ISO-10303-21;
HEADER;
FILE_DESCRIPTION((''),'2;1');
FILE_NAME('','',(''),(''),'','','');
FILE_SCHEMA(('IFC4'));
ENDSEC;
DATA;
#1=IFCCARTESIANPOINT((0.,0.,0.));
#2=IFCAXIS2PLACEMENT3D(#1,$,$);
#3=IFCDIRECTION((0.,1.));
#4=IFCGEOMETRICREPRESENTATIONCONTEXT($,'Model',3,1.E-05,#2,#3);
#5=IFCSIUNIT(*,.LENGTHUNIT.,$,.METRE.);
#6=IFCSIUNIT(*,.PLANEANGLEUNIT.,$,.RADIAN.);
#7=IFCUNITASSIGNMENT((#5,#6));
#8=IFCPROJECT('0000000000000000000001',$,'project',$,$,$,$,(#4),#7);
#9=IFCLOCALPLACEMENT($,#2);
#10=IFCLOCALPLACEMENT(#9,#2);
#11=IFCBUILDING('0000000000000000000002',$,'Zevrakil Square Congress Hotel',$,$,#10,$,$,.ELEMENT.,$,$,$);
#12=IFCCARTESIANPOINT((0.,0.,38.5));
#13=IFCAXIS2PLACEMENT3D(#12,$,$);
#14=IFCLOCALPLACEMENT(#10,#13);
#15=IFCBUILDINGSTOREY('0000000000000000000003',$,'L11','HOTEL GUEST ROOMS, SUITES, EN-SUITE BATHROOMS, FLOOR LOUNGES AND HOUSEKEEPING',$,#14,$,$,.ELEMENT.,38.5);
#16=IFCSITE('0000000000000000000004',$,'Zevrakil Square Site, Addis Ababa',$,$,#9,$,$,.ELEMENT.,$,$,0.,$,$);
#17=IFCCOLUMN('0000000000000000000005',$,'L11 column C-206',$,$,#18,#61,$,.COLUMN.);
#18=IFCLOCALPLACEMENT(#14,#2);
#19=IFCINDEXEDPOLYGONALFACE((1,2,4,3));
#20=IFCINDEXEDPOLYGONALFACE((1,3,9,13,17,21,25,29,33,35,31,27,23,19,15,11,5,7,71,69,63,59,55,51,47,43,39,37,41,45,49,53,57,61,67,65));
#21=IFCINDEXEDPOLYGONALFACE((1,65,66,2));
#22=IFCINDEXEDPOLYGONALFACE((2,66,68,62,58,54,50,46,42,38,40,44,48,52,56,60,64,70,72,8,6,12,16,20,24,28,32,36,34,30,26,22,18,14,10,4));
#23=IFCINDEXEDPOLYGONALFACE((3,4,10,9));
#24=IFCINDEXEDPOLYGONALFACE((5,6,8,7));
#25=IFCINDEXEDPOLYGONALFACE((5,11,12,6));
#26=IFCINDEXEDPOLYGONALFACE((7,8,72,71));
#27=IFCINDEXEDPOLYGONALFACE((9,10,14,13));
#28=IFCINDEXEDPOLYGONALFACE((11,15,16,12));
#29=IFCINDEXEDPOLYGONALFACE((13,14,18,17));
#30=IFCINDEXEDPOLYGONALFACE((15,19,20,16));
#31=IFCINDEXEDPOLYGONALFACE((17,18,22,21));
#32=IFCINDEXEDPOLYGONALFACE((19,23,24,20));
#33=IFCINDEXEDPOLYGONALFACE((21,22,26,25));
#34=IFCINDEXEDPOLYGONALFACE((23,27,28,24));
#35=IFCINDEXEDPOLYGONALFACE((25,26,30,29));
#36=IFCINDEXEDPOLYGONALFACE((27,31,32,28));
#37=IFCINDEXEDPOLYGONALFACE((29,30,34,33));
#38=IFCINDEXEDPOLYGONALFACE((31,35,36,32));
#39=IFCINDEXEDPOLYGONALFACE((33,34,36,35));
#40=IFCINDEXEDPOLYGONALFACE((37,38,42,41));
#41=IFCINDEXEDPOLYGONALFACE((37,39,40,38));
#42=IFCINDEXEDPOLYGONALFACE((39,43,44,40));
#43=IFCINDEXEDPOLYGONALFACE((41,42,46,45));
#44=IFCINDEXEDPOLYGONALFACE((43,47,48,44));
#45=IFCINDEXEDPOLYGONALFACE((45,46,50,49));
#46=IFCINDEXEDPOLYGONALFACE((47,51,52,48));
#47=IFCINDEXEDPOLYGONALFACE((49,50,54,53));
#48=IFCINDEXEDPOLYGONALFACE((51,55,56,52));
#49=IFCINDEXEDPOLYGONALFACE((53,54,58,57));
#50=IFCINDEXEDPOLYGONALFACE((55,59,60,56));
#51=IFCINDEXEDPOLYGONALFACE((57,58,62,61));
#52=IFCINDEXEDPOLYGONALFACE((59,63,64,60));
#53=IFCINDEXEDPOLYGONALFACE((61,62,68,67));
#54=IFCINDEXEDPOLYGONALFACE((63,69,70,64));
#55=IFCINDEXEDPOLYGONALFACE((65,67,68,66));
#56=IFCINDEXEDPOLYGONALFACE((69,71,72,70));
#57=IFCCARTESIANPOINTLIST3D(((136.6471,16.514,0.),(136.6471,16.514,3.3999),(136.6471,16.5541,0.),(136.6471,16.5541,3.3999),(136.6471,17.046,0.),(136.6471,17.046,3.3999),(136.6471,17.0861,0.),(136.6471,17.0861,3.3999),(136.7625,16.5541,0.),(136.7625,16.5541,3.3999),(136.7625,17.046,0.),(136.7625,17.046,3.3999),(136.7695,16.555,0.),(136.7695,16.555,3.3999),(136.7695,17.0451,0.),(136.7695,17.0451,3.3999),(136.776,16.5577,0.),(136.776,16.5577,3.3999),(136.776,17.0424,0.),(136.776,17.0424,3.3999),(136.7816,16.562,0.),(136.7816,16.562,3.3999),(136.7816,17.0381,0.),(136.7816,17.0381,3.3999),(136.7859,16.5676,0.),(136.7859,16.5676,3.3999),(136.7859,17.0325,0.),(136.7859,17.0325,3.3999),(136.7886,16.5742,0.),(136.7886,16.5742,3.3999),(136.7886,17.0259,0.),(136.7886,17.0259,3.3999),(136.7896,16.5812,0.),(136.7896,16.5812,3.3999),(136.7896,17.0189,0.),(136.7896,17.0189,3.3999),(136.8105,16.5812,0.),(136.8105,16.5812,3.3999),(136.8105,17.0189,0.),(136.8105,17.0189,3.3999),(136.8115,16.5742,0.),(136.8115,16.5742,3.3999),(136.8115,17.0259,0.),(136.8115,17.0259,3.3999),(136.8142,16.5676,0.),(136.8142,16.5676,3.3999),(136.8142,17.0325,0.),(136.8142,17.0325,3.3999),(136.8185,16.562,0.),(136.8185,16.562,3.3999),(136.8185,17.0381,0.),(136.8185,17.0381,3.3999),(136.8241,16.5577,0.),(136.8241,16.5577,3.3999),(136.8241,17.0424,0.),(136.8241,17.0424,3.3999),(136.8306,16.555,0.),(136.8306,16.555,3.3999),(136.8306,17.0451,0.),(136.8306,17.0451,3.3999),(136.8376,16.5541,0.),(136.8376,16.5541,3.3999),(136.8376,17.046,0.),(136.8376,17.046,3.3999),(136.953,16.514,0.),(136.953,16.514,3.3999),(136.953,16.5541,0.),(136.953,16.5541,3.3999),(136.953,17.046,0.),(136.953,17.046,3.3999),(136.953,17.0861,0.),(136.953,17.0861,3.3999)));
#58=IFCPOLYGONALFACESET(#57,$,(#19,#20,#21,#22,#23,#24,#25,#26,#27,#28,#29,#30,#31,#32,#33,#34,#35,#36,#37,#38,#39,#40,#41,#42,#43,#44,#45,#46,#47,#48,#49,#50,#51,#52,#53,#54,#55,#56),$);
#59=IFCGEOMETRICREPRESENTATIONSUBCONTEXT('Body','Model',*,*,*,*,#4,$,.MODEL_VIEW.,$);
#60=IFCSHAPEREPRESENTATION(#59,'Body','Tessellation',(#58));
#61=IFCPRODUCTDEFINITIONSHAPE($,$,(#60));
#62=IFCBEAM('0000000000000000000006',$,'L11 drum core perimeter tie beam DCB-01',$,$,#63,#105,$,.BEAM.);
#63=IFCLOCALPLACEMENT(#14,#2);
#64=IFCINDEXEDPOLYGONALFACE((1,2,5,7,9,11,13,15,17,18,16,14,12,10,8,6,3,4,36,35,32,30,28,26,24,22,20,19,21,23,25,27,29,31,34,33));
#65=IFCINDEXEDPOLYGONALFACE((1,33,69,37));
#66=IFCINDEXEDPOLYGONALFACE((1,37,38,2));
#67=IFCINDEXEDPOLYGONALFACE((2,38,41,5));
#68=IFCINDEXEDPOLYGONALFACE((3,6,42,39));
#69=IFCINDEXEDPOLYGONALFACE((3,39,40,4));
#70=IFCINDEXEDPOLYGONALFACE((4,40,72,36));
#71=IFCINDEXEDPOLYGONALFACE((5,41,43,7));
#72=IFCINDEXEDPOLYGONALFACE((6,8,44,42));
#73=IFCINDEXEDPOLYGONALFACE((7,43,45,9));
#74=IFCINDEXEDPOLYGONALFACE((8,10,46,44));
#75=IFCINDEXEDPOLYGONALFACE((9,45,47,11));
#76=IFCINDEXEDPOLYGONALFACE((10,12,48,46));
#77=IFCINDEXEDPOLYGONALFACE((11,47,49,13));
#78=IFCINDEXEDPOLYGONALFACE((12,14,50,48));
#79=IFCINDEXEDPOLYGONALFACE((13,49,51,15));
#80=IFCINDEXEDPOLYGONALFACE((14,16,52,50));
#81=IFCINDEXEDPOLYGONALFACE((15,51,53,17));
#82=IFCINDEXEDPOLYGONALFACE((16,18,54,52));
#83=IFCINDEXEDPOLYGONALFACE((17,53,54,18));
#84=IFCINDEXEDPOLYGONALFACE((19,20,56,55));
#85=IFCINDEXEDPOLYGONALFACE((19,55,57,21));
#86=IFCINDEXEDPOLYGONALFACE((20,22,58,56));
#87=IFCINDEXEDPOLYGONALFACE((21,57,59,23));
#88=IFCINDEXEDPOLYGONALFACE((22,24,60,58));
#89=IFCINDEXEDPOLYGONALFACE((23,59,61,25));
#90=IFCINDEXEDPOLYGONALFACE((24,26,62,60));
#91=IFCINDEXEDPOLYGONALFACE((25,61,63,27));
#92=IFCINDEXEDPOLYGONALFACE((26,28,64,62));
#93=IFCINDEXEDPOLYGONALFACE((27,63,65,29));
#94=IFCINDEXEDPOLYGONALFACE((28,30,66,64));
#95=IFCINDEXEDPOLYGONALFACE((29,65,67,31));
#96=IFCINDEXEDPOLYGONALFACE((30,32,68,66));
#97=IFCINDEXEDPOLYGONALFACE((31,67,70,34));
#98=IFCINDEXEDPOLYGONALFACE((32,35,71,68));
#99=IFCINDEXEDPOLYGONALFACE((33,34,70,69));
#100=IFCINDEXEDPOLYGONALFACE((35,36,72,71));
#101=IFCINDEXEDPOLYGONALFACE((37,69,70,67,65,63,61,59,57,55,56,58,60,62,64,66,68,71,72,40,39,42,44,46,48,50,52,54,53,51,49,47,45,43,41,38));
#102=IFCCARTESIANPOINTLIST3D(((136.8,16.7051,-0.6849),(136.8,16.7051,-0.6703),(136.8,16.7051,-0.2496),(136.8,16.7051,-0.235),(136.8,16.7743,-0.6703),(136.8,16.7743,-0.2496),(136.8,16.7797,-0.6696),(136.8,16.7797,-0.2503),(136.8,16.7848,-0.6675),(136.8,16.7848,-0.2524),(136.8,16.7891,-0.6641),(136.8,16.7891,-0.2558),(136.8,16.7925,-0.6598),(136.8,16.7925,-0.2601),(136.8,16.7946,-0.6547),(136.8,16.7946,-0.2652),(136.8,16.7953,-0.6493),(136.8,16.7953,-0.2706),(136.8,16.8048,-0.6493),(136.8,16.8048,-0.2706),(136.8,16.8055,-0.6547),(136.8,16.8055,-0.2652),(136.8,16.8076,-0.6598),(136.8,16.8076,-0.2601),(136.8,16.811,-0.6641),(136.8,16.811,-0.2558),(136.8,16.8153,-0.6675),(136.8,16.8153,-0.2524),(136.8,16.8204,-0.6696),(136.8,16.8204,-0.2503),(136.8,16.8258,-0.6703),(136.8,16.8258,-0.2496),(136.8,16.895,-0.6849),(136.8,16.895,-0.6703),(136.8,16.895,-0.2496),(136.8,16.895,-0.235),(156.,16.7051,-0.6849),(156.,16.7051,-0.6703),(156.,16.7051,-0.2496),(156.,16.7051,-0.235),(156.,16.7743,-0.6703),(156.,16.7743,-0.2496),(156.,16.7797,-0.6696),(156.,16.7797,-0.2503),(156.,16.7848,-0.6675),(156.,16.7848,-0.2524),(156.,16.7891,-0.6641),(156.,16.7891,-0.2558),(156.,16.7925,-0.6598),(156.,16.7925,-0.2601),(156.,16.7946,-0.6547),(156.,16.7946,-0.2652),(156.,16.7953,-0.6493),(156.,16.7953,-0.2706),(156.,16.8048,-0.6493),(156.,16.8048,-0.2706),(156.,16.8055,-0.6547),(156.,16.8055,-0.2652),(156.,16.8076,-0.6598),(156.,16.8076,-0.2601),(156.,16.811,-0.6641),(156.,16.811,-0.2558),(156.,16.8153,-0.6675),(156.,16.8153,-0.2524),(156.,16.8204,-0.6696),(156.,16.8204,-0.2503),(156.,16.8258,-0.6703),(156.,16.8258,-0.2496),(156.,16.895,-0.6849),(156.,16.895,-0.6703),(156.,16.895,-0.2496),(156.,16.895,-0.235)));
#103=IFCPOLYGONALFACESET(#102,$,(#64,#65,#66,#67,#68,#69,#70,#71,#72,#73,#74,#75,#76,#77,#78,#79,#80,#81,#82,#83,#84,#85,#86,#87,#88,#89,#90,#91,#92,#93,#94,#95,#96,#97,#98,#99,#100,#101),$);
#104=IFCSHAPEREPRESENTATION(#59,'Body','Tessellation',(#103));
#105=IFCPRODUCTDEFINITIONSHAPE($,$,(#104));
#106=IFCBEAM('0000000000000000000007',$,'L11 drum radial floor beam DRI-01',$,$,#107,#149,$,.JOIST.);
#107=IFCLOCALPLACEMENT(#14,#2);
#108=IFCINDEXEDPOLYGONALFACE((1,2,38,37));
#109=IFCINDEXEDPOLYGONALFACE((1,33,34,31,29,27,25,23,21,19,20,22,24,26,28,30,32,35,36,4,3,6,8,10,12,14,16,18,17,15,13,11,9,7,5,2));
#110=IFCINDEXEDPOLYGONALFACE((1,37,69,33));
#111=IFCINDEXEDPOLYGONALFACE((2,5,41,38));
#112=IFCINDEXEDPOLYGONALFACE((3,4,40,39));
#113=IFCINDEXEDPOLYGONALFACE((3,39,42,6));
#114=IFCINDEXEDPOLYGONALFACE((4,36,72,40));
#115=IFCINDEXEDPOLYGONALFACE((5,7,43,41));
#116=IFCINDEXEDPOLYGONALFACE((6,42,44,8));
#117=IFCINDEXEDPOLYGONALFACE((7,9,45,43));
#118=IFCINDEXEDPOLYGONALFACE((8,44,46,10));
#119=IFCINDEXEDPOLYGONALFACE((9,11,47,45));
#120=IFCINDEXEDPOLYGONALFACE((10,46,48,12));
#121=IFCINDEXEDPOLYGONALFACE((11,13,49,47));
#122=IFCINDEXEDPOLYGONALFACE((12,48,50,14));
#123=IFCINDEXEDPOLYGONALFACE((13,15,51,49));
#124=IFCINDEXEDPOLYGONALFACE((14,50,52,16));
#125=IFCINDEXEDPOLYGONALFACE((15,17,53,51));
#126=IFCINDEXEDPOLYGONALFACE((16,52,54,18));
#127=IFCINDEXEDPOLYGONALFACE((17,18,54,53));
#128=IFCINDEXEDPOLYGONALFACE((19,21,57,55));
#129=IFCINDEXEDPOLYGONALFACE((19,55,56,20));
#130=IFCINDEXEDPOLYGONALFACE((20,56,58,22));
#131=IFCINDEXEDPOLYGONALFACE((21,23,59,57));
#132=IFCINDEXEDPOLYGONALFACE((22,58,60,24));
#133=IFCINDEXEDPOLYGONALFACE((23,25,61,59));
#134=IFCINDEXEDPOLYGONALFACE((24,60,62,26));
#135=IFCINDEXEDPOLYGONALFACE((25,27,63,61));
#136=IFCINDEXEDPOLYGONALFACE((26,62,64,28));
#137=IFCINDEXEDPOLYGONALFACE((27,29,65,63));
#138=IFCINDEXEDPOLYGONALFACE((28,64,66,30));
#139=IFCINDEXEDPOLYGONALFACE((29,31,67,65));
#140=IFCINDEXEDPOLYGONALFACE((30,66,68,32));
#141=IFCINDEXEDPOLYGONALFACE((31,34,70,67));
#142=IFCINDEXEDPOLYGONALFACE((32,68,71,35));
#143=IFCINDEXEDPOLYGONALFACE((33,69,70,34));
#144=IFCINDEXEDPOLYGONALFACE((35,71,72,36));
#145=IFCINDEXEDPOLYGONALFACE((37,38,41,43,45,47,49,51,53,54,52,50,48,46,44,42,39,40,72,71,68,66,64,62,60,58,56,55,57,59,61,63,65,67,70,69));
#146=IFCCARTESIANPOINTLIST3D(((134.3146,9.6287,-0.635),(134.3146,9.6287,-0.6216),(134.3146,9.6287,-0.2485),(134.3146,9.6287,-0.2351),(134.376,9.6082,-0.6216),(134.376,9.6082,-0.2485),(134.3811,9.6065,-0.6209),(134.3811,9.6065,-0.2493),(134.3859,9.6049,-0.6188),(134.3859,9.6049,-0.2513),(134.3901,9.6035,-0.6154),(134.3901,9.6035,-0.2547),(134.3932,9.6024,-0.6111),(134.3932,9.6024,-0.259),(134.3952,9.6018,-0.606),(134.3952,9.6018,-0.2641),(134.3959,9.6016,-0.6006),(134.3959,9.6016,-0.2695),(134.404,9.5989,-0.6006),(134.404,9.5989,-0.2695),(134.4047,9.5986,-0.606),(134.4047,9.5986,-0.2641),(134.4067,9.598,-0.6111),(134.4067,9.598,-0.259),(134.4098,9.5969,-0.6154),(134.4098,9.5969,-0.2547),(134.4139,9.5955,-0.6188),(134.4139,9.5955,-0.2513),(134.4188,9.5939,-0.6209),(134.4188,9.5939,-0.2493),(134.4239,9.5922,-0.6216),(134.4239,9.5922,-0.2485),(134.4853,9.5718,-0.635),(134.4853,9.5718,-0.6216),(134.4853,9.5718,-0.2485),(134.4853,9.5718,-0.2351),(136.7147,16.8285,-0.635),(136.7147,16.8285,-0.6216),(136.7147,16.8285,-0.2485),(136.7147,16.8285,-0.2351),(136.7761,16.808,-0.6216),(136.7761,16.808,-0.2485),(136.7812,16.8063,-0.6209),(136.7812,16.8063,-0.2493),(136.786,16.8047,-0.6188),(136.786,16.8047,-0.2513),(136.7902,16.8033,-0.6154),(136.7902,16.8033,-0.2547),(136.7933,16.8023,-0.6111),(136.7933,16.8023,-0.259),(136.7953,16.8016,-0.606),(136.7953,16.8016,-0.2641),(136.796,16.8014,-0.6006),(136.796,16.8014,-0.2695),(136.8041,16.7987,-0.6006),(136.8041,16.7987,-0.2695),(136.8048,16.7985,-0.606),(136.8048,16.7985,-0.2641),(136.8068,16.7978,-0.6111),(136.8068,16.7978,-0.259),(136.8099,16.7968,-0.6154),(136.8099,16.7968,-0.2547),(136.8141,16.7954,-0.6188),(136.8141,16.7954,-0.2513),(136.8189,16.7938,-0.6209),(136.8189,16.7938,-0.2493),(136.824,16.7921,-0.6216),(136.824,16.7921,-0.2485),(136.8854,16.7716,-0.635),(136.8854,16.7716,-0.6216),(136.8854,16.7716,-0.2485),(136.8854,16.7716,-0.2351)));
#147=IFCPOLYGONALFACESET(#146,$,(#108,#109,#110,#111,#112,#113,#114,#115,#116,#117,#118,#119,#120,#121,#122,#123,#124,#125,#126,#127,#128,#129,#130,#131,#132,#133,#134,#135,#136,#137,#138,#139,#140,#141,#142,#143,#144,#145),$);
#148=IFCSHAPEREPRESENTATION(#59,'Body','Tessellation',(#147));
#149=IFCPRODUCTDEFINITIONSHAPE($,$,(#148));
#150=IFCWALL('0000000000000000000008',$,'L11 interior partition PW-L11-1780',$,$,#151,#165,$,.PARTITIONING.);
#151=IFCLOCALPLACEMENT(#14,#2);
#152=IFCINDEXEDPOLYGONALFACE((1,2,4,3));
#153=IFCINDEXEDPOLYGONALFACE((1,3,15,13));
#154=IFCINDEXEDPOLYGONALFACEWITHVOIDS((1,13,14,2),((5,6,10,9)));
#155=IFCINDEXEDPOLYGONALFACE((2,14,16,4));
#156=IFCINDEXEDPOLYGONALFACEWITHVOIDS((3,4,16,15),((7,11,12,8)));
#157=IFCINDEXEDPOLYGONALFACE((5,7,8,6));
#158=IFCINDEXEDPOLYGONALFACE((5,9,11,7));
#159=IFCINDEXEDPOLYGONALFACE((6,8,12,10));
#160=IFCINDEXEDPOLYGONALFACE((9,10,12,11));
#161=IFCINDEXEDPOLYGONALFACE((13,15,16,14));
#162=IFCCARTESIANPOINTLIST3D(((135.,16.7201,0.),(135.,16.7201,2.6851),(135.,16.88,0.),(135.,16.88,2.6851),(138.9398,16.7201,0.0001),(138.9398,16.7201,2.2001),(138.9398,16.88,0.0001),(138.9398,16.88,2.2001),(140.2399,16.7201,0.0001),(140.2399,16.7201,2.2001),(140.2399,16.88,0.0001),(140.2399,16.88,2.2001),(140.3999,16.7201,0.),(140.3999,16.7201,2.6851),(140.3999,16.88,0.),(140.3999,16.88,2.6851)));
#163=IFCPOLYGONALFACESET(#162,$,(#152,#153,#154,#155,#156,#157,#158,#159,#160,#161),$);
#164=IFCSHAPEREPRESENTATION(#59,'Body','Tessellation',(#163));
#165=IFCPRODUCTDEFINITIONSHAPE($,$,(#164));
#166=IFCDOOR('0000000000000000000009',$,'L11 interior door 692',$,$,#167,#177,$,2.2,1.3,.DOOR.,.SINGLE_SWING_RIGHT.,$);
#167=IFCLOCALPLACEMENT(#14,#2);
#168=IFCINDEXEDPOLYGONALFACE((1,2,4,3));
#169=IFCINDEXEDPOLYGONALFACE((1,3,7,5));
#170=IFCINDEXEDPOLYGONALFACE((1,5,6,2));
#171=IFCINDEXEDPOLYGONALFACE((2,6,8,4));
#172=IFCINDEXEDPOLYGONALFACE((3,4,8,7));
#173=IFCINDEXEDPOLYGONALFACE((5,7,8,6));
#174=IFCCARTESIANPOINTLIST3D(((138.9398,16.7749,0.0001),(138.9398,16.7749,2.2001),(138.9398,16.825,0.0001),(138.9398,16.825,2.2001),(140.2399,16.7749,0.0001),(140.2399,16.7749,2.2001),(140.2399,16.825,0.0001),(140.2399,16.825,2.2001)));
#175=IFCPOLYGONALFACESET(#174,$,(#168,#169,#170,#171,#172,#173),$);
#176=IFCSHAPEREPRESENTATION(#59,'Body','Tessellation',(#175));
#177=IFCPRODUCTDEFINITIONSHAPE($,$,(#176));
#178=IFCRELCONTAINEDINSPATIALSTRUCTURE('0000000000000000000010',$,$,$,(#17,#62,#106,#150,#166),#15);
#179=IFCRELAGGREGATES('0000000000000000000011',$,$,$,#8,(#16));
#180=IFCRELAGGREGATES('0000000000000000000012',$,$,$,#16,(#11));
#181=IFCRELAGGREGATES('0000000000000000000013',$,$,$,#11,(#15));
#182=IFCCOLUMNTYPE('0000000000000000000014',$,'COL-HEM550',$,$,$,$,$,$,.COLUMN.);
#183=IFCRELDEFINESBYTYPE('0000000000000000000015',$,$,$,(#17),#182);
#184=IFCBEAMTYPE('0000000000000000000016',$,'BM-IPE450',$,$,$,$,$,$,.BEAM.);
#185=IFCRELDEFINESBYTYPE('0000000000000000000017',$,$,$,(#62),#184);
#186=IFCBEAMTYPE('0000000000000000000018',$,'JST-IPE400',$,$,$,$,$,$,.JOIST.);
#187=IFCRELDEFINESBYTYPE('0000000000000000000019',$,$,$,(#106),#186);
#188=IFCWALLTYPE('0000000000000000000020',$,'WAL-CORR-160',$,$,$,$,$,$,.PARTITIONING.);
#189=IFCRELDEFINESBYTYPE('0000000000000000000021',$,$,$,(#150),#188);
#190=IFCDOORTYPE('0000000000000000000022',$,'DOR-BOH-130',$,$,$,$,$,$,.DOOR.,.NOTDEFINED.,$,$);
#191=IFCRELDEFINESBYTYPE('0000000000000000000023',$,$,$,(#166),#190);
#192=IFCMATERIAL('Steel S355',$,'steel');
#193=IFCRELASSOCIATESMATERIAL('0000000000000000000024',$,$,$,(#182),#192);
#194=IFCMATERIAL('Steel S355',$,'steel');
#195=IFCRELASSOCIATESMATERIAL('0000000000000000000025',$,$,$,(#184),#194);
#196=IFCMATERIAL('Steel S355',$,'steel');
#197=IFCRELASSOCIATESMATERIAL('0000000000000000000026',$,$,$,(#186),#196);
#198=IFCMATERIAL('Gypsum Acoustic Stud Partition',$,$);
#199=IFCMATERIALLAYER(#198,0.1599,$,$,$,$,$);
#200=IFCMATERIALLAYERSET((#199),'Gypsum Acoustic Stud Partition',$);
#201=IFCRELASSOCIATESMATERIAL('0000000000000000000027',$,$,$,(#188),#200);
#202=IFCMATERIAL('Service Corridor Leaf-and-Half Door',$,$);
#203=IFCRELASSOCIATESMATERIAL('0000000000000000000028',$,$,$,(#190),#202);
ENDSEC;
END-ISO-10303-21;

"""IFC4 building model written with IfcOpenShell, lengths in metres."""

from ifc_helpers import new_model, si_unit, direction, frame, frame_2d, origin, origin_2d, place, context, subcontext, project, spatial, rectangle, i_section, extrude, material, layer, layer_set, material_profile, profile_set, type_object, element, fill, save


model = new_model("IFC4")

# Units and contexts
model_context = context("Model", 3, precision=1e-05, world=origin(), true_north=direction((0.0, 1.0)))
body_context = subcontext(model_context, "Body", "Model", "MODEL_VIEW")
ifc_project = project(units=[si_unit("LENGTHUNIT", "METRE"), si_unit("PLANEANGLEUNIT", "RADIAN")], contexts=[model_context])

# Site, building, storey
site_placement = place(None, origin())
site = spatial("IfcSite", under=ifc_project, at=site_placement, Name="Zevrakil Square Site, Addis Ababa", CompositionType="ELEMENT", RefElevation=0.0)
building_placement = place(site_placement, origin())
building = spatial("IfcBuilding", under=site, at=building_placement, Name="Zevrakil Square Congress Hotel", CompositionType="ELEMENT")
storey_placement = place(building_placement, frame((0.0, 0.0, 38.5)))
storey = spatial("IfcBuildingStorey", under=building, at=storey_placement, Name="L11", Description="HOTEL GUEST ROOMS, SUITES, EN-SUITE BATHROOMS, FLOOR LOUNGES AND HOUSEKEEPING", CompositionType="ELEMENT", Elevation=38.5)

# Column
ifc_material_1 = material(Name="Steel S355", Category="steel")
ifc_material_profile_1 = material_profile(ifc_material_1, i_section(OverallWidth=0.3059, OverallDepth=0.572, WebThickness=0.021, FlangeThickness=0.04, FilletRadius=0.0271, at=origin_2d()), Name="HEM 550")
ifc_profile_set_1 = profile_set([ifc_material_profile_1], Name="Steel S355")
column_type = type_object("IfcColumnType", Name="COL-HEM550", PredefinedType="COLUMN", material=ifc_profile_set_1)
column_placement = place(storey_placement, frame((136.8, 16.8, 0.0), z_axis=(0.0, 0.0, 1.0), x_axis=(1.0, 0.0, 0.0)))
element("IfcColumn", 1, at=column_placement, inside=storey, type_object=column_type, Name="L11 column C-206", PredefinedType="COLUMN", context=body_context, shape_type="SweptSolid", body=[
    extrude(i_section(OverallWidth=0.3059, OverallDepth=0.572, WebThickness=0.021, FlangeThickness=0.04, FilletRadius=0.0271, at=origin_2d()), origin(), (0.0, 0.0, 1.0), 3.3999),
])

# Beams
ifc_material_2 = material(Name="Steel S355", Category="steel")
ifc_material_profile_2 = material_profile(ifc_material_2, i_section(OverallWidth=0.1899, OverallDepth=0.45, WebThickness=0.0095, FlangeThickness=0.0146, FilletRadius=0.021, at=origin_2d()), Name="IPE 450")
ifc_profile_set_2 = profile_set([ifc_material_profile_2], Name="Steel S355")
beam_type_1 = type_object("IfcBeamType", Name="BM-IPE450", PredefinedType="BEAM", material=ifc_profile_set_2)
beam_1_placement = place(storey_placement, frame((136.8, 16.8, -0.46), z_axis=(1.0, 0.0, 0.0), x_axis=(0.0, 1.0, 0.0)))
element("IfcBeam", 2, at=beam_1_placement, inside=storey, type_object=beam_type_1, Name="L11 drum core perimeter tie beam DCB-01", PredefinedType="BEAM", context=body_context, shape_type="SweptSolid", body=[
    extrude(i_section(OverallWidth=0.1899, OverallDepth=0.45, WebThickness=0.0095, FlangeThickness=0.0146, FilletRadius=0.021, at=origin_2d()), origin(), (0.0, 0.0, 1.0), 19.2),
])
ifc_material_3 = material(Name="Steel S355", Category="steel")
ifc_material_profile_3 = material_profile(ifc_material_3, i_section(OverallWidth=0.1799, OverallDepth=0.3999, WebThickness=0.0085, FlangeThickness=0.0134, FilletRadius=0.021, at=origin_2d()), Name="IPE 400")
ifc_profile_set_3 = profile_set([ifc_material_profile_3], Name="Steel S355")
beam_type_2 = type_object("IfcBeamType", Name="JST-IPE400", PredefinedType="JOIST", material=ifc_profile_set_3)
beam_2_placement = place(storey_placement, frame((136.8, 16.8, -0.4351), z_axis=(-0.316247, -0.948677, 0.0), x_axis=(0.948677, -0.316247, 0.0)))
element("IfcBeam", 3, at=beam_2_placement, inside=storey, type_object=beam_type_2, Name="L11 drum radial floor beam DRI-01", PredefinedType="JOIST", context=body_context, shape_type="SweptSolid", body=[
    extrude(i_section(OverallWidth=0.1799, OverallDepth=0.3999, WebThickness=0.0085, FlangeThickness=0.0134, FilletRadius=0.021, at=origin_2d()), origin(), (0.0, 0.0, 1.0), 7.5894),
])

# Wall, opening, door
ifc_material_4 = material(Name="Gypsum Acoustic Stud Partition")
ifc_layer_1 = layer(ifc_material_4, 0.1599)
ifc_layer_set_1 = layer_set([ifc_layer_1], Name="Gypsum Acoustic Stud Partition")
wall_type_1 = type_object("IfcWallType", Name="WAL-CORR-160", PredefinedType="PARTITIONING", material=ifc_layer_set_1)
wall_1_placement = place(storey_placement, frame((135.0, 16.8, 0.0), z_axis=(0.0, 0.0, 1.0), x_axis=(1.0, 0.0, 0.0)))
wall_1 = element("IfcWall", 4, at=wall_1_placement, inside=storey, type_object=wall_type_1, Name="L11 interior partition PW-L11-1780", PredefinedType="PARTITIONING", context=body_context, shape_type="SweptSolid", body=[
    extrude(rectangle(XDim=5.3999, YDim=0.1599, at=frame_2d((2.7, 0.0))), origin(), (0.0, 0.0, 1.0), 2.6851),
])
opening_1_placement = place(wall_1_placement, frame((3.9399, 0.0, 0.0)))
opening_1 = element("IfcOpeningElement", 5, at=opening_1_placement, cuts=wall_1, PredefinedType="OPENING", context=body_context, shape_type="SweptSolid", body=[
    extrude(rectangle(XDim=1.3, YDim=2.2, at=frame_2d((0.6499, 1.1001))), frame((0.0, 0.0898, 0.0), z_axis=(0.0, -1.0, 0.0), x_axis=(1.0, 0.0, 0.0)), (0.0, 0.0, 1.0), 0.1799),
])
ifc_material_5 = material(Name="Service Corridor Leaf-and-Half Door")
door_type_1 = type_object("IfcDoorType", Name="DOR-BOH-130", OperationType="NOTDEFINED", PredefinedType="DOOR", material=ifc_material_5)
door_1_placement = place(opening_1_placement, origin())
door_1 = element("IfcDoor", 6, at=door_1_placement, inside=storey, type_object=door_type_1, Name="L11 interior door 692", OperationType="SINGLE_SWING_RIGHT", OverallHeight=2.2, OverallWidth=1.3, PredefinedType="DOOR", context=body_context, shape_type="SweptSolid", body=[
    extrude(rectangle(XDim=1.3, YDim=2.2, at=frame_2d((0.6499, 1.1001))), frame((0.0, 0.0249, 0.0), z_axis=(0.0, -1.0, 0.0), x_axis=(1.0, 0.0, 0.0)), (0.0, 0.0, 1.0), 0.05),
])
fill(opening_1, door_1)

save(model, "model.ifc")
